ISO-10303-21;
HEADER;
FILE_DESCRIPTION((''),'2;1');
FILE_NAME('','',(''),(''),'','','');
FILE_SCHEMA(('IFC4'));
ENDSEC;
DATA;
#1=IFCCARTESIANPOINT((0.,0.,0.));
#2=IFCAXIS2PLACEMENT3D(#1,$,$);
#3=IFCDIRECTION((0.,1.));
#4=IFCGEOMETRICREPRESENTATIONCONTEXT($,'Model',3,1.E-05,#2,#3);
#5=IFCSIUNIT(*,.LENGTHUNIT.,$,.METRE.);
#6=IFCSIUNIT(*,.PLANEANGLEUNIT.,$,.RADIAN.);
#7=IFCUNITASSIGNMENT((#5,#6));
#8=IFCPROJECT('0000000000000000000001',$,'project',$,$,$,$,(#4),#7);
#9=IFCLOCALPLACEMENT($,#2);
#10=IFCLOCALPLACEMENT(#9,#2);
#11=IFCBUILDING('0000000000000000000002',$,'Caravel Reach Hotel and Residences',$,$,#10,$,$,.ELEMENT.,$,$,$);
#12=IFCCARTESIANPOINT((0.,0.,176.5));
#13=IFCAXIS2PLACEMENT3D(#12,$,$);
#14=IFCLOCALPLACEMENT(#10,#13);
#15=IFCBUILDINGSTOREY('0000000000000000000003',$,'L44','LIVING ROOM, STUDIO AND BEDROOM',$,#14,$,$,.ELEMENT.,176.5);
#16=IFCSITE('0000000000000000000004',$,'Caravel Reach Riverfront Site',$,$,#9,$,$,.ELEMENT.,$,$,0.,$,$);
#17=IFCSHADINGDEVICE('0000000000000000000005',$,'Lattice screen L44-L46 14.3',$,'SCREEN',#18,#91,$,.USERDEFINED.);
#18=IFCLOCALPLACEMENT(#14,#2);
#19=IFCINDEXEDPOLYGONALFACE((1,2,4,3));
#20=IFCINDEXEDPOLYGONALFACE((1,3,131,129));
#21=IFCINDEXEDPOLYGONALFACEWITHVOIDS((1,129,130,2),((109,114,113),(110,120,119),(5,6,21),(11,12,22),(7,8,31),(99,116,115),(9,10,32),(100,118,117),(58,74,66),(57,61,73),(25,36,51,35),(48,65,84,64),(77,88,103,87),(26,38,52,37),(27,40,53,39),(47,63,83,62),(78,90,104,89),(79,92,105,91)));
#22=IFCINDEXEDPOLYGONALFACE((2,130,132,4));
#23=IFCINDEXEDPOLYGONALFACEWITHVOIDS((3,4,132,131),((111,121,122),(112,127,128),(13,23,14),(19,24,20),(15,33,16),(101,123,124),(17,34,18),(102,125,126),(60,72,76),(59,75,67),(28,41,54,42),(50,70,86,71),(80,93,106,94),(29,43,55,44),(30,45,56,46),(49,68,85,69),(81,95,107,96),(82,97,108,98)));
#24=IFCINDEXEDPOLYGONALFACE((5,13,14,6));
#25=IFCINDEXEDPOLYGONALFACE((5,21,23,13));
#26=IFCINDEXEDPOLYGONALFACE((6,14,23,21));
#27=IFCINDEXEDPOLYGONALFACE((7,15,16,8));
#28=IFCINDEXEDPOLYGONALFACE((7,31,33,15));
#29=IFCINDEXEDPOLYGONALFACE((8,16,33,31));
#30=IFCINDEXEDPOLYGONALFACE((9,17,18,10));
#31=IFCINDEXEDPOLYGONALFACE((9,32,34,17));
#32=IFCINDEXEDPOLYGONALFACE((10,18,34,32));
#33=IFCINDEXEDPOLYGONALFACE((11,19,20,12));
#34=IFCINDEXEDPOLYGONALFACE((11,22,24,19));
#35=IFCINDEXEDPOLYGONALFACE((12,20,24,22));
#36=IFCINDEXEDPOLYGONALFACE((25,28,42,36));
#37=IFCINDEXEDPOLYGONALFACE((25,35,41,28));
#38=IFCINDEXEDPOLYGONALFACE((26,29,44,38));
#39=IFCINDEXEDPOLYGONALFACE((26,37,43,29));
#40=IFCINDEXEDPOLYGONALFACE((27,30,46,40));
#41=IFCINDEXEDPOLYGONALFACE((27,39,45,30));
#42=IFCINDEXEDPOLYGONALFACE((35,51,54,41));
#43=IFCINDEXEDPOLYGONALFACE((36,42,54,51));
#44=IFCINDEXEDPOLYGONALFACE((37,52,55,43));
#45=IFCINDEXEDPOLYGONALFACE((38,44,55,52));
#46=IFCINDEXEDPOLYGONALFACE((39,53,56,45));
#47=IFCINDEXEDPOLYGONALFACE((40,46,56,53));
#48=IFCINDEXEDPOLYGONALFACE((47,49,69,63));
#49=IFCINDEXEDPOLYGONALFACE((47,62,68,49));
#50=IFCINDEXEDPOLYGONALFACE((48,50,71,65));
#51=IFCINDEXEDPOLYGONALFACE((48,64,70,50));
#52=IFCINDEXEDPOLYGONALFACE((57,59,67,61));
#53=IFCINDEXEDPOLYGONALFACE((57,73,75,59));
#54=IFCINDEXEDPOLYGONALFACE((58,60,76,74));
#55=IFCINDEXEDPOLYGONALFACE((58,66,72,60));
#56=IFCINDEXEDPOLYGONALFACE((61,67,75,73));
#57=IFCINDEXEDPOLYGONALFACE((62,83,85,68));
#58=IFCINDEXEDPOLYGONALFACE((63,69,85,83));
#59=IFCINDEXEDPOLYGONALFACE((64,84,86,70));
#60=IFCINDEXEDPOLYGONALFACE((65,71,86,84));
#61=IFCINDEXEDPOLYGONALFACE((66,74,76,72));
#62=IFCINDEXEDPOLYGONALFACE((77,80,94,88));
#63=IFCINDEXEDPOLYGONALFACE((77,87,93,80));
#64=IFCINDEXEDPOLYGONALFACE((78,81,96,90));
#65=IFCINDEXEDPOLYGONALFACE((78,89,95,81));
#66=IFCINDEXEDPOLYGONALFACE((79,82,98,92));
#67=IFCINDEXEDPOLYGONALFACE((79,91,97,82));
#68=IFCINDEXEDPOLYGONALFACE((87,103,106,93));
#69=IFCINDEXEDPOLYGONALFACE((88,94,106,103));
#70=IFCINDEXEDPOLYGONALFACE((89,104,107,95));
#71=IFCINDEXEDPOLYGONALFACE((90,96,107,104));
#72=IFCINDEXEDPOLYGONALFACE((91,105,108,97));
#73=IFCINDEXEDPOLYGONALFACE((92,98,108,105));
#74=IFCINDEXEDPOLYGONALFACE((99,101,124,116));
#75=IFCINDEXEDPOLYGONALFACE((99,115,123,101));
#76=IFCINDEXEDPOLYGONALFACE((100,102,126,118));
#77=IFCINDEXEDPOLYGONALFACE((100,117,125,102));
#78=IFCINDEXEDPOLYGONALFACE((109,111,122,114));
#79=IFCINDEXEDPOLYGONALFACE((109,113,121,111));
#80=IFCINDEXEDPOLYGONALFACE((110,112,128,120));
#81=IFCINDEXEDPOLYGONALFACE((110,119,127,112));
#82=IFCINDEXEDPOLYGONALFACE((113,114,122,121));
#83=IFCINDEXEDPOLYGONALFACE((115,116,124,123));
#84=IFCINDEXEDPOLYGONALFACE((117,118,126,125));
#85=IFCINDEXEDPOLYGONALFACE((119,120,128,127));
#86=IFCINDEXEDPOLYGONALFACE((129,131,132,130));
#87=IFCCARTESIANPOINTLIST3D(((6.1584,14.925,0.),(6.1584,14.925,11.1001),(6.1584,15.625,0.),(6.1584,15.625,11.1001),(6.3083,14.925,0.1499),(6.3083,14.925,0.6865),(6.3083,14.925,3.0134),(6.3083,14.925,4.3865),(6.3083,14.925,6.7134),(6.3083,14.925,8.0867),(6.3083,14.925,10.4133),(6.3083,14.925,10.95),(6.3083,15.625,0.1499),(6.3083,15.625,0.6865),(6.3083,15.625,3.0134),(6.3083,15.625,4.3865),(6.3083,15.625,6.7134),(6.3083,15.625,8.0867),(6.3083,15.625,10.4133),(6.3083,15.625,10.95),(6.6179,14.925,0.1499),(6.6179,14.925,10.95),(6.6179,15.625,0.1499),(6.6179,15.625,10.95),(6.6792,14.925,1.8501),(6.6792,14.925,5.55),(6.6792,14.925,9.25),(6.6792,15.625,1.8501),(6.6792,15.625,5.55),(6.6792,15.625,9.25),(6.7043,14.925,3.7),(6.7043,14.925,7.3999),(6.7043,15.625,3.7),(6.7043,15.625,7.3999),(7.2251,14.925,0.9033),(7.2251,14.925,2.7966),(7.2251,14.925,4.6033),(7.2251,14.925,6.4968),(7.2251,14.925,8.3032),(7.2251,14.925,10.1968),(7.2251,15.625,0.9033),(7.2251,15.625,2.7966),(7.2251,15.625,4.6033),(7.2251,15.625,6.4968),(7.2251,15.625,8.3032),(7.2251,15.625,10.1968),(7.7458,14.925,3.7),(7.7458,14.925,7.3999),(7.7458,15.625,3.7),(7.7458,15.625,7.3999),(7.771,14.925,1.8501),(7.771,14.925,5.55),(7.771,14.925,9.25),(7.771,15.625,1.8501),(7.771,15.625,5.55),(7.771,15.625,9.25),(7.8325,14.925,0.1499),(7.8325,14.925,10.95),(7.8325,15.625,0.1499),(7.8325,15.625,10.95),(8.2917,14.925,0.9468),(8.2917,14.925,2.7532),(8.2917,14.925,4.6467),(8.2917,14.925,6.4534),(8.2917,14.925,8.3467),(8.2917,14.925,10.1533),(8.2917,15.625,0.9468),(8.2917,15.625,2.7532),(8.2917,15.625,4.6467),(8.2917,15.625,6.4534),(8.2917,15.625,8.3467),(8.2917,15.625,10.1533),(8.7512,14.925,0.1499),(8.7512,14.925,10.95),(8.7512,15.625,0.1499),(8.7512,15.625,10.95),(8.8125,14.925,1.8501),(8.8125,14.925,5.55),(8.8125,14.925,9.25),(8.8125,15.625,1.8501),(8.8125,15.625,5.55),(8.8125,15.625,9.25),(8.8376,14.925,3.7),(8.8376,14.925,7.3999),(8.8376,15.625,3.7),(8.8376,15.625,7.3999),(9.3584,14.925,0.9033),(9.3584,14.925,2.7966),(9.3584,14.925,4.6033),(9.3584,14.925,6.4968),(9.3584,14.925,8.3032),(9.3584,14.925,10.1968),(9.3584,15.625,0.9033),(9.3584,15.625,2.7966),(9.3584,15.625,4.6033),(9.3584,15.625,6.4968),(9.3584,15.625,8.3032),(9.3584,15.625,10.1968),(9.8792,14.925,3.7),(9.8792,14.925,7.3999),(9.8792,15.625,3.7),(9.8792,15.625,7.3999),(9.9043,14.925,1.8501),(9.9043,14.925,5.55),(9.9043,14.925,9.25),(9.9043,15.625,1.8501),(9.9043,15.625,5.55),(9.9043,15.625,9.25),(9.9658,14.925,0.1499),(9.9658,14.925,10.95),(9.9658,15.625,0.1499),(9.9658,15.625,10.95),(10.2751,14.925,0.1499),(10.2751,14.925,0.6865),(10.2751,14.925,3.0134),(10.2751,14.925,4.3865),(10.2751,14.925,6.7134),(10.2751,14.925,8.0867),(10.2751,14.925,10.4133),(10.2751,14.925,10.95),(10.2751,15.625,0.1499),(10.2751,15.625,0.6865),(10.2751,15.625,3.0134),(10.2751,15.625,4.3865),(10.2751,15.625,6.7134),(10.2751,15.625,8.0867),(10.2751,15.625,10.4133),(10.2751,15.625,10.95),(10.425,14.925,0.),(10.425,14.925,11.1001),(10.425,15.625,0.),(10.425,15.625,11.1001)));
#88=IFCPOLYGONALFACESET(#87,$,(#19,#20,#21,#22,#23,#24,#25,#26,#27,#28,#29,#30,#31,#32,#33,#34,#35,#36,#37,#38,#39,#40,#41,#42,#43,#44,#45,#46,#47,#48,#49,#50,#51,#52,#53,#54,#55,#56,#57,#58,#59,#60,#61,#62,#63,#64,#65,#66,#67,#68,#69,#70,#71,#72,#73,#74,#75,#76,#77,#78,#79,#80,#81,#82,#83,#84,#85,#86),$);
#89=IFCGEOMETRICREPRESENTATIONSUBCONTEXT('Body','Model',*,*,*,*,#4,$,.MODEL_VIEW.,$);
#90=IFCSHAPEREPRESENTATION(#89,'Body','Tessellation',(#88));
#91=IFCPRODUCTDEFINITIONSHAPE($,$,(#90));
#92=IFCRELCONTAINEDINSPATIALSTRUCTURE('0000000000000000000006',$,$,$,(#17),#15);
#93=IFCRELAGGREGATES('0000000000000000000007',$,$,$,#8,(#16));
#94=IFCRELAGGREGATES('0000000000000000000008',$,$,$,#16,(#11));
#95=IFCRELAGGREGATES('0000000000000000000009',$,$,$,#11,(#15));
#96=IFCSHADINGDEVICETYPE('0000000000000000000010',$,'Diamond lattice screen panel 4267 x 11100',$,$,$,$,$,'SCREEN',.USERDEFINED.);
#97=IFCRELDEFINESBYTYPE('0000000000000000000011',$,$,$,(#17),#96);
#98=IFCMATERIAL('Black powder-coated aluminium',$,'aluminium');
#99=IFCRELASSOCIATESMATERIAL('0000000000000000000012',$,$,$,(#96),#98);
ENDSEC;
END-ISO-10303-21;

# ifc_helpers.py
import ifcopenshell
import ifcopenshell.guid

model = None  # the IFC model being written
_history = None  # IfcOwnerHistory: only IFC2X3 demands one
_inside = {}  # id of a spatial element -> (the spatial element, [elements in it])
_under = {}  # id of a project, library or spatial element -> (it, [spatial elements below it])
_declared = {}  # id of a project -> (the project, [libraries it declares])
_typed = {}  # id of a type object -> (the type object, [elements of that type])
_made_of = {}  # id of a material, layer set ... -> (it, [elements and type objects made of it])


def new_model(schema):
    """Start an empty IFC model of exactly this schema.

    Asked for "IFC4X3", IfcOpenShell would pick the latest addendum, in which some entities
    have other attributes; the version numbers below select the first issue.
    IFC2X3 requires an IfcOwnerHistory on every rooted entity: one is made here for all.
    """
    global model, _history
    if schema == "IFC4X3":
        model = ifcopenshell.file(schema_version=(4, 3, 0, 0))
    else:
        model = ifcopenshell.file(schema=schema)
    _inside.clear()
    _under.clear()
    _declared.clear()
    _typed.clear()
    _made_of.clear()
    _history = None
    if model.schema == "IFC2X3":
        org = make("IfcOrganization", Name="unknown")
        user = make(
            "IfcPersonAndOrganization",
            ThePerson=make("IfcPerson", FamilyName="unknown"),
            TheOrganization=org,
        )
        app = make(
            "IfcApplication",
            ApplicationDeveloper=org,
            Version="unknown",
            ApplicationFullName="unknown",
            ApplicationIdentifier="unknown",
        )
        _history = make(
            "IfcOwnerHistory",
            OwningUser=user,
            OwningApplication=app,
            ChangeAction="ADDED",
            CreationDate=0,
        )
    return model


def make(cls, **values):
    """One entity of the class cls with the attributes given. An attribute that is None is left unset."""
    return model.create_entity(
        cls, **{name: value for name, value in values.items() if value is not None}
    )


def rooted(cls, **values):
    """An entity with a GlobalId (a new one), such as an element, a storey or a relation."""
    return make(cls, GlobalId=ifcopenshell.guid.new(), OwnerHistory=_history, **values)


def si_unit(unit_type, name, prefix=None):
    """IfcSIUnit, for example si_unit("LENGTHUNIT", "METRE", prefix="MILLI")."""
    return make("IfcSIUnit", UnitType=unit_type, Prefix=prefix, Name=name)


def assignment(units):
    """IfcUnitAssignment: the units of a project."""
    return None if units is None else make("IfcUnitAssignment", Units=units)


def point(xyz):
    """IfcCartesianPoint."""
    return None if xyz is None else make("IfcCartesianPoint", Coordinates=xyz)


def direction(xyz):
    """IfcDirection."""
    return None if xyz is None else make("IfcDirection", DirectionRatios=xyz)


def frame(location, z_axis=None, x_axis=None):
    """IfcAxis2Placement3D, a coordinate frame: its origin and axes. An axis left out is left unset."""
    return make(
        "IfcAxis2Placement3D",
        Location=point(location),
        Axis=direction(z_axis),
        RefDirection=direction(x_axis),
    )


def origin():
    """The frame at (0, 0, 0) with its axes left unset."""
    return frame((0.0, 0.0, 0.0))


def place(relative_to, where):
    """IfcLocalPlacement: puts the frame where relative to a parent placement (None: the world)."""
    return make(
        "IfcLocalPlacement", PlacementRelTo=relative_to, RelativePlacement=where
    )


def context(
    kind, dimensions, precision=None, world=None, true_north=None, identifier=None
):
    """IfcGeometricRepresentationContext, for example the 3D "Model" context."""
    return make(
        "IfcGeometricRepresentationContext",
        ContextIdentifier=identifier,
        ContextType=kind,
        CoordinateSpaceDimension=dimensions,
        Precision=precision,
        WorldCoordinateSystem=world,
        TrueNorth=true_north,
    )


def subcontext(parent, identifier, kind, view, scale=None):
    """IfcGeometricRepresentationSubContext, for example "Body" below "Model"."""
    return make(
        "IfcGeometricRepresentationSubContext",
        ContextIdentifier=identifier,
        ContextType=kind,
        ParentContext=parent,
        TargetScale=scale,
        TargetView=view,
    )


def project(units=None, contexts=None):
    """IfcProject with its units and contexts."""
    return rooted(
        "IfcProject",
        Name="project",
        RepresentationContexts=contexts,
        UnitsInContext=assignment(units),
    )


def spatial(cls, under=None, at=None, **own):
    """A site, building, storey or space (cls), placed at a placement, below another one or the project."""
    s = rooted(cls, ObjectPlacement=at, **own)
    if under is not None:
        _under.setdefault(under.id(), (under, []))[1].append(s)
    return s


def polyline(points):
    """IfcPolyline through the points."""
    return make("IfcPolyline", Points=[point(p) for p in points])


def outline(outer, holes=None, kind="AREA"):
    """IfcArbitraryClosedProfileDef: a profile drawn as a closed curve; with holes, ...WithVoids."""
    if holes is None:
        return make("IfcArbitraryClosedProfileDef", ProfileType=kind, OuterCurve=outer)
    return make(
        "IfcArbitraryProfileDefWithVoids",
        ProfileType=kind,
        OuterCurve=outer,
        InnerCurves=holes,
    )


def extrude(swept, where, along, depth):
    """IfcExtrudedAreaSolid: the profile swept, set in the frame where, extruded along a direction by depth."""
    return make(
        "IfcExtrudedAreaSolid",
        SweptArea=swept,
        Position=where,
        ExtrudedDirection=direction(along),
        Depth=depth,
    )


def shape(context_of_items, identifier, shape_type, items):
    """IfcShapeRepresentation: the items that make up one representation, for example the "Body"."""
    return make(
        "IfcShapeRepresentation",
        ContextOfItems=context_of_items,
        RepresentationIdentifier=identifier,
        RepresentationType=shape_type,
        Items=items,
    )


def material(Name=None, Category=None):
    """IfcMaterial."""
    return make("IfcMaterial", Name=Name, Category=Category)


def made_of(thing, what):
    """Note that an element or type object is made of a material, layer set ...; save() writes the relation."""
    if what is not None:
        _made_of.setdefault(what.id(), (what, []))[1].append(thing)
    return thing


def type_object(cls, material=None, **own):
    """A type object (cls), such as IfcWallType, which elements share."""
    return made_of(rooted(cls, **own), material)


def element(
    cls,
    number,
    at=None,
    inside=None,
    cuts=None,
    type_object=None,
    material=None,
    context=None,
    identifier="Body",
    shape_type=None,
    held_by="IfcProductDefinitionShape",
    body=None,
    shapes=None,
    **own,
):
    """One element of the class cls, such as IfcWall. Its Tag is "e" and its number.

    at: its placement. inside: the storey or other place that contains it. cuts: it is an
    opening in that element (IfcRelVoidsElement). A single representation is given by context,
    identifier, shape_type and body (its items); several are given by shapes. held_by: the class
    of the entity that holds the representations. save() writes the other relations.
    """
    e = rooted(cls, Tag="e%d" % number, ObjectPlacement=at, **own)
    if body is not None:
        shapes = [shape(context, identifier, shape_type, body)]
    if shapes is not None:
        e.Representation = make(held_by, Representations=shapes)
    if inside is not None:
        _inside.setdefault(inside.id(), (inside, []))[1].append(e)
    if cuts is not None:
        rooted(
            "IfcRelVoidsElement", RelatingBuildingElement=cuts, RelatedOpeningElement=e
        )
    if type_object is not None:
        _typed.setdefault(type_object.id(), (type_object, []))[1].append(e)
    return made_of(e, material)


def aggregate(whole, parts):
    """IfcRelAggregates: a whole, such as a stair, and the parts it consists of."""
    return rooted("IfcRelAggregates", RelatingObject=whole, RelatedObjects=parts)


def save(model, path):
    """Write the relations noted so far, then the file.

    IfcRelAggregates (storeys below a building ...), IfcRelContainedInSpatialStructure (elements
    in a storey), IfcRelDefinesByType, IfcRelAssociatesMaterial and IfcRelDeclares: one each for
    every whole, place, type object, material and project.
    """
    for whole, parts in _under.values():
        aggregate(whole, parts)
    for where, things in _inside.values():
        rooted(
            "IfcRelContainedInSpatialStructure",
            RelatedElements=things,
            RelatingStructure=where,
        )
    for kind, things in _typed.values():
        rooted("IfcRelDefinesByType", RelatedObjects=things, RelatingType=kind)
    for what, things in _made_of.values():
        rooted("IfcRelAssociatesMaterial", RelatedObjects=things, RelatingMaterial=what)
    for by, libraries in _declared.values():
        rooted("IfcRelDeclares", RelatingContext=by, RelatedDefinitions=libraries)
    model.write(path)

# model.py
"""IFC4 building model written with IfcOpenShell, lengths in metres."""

from ifc_helpers import new_model, si_unit, direction, frame, origin, place, context, subcontext, project, spatial, polyline, outline, extrude, material, type_object, element, save


model = new_model("IFC4")

# Units and contexts
model_context = context("Model", 3, precision=1e-05, world=origin(), true_north=direction((0.0, 1.0)))
body_context = subcontext(model_context, "Body", "Model", "MODEL_VIEW")
ifc_project = project(units=[si_unit("LENGTHUNIT", "METRE"), si_unit("PLANEANGLEUNIT", "RADIAN")], contexts=[model_context])

# Site, building, storey
site_placement = place(None, origin())
site = spatial("IfcSite", under=ifc_project, at=site_placement, Name="Caravel Reach Riverfront Site", CompositionType="ELEMENT", RefElevation=0.0)
building_placement = place(site_placement, origin())
building = spatial("IfcBuilding", under=site, at=building_placement, Name="Caravel Reach Hotel and Residences", CompositionType="ELEMENT")
storey_placement = place(building_placement, frame((0.0, 0.0, 176.5)))
storey = spatial("IfcBuildingStorey", under=building, at=storey_placement, Name="L44", Description="LIVING ROOM, STUDIO AND BEDROOM", CompositionType="ELEMENT", Elevation=176.5)

# Shading device
ifc_material_1 = material(Name="Black powder-coated aluminium", Category="aluminium")
shading_device_type_1 = type_object("IfcShadingDeviceType", Name="Diamond lattice screen panel 4267 x 11100", ElementType="SCREEN", PredefinedType="USERDEFINED", material=ifc_material_1)
shading_device_1_placement = place(storey_placement, frame((6.1584, 15.625, 0.0), z_axis=(0.0, -1.0, 0.0), x_axis=(1.0, 0.0, 0.0)))
element("IfcShadingDevice", 1, at=shading_device_1_placement, inside=storey, type_object=shading_device_type_1, Name="Lattice screen L44-L46 14.3", ObjectType="SCREEN", PredefinedType="USERDEFINED", context=body_context, shape_type="SweptSolid", body=[
    extrude(outline(polyline([(0.0, 0.0), (4.2666, 0.0), (4.2666, 11.1001), (0.0, 11.1001), (0.0, 0.0)]), holes=[polyline([(0.4595, 0.1499), (0.1499, 0.6865), (0.1499, 0.1499), (0.4595, 0.1499)]), polyline([(0.5459, 3.7), (0.1499, 4.3865), (0.1499, 3.0134), (0.5459, 3.7)]), polyline([(0.5459, 7.3999), (0.1499, 8.0867), (0.1499, 6.7134), (0.5459, 7.3999)]), polyline([(0.1499, 10.4133), (0.4595, 10.95), (0.1499, 10.95), (0.1499, 10.4133)]), polyline([(1.0667, 2.7966), (0.5208, 1.8501), (1.0667, 0.9033), (1.6125, 1.8501), (1.0667, 2.7966)]), polyline([(1.0667, 6.4968), (0.5208, 5.55), (1.0667, 4.6033), (1.6125, 5.55), (1.0667, 6.4968)]), polyline([(1.0667, 10.1968), (0.5208, 9.25), (1.0667, 8.3032), (1.6125, 9.25), (1.0667, 10.1968)]), polyline([(2.1333, 0.9468), (1.6741, 0.1499), (2.5928, 0.1499), (2.1333, 0.9468)]), polyline([(2.1333, 4.6467), (1.5874, 3.7), (2.1333, 2.7532), (2.6792, 3.7), (2.1333, 4.6467)]), polyline([(2.1333, 8.3467), (1.5874, 7.3999), (2.1333, 6.4534), (2.6792, 7.3999), (2.1333, 8.3467)]), polyline([(2.1333, 10.1533), (2.5928, 10.95), (1.6741, 10.95), (2.1333, 10.1533)]), polyline([(3.2, 2.7966), (2.6541, 1.8501), (3.2, 0.9033), (3.7458, 1.8501), (3.2, 2.7966)]), polyline([(3.2, 6.4968), (2.6541, 5.55), (3.2, 4.6033), (3.7458, 5.55), (3.2, 6.4968)]), polyline([(3.2, 10.1968), (2.6541, 9.25), (3.2, 8.3032), (3.7458, 9.25), (3.2, 10.1968)]), polyline([(4.1167, 0.6865), (3.8074, 0.1499), (4.1167, 0.1499), (4.1167, 0.6865)]), polyline([(3.7207, 3.7), (4.1167, 3.0134), (4.1167, 4.3865), (3.7207, 3.7)]), polyline([(3.7207, 7.3999), (4.1167, 6.7134), (4.1167, 8.0867), (3.7207, 7.3999)]), polyline([(3.8074, 10.95), (4.1167, 10.4133), (4.1167, 10.95), (3.8074, 10.95)])]), origin(), (0.0, 0.0, 1.0), 0.7),
])

save(model, "model.ifc")
